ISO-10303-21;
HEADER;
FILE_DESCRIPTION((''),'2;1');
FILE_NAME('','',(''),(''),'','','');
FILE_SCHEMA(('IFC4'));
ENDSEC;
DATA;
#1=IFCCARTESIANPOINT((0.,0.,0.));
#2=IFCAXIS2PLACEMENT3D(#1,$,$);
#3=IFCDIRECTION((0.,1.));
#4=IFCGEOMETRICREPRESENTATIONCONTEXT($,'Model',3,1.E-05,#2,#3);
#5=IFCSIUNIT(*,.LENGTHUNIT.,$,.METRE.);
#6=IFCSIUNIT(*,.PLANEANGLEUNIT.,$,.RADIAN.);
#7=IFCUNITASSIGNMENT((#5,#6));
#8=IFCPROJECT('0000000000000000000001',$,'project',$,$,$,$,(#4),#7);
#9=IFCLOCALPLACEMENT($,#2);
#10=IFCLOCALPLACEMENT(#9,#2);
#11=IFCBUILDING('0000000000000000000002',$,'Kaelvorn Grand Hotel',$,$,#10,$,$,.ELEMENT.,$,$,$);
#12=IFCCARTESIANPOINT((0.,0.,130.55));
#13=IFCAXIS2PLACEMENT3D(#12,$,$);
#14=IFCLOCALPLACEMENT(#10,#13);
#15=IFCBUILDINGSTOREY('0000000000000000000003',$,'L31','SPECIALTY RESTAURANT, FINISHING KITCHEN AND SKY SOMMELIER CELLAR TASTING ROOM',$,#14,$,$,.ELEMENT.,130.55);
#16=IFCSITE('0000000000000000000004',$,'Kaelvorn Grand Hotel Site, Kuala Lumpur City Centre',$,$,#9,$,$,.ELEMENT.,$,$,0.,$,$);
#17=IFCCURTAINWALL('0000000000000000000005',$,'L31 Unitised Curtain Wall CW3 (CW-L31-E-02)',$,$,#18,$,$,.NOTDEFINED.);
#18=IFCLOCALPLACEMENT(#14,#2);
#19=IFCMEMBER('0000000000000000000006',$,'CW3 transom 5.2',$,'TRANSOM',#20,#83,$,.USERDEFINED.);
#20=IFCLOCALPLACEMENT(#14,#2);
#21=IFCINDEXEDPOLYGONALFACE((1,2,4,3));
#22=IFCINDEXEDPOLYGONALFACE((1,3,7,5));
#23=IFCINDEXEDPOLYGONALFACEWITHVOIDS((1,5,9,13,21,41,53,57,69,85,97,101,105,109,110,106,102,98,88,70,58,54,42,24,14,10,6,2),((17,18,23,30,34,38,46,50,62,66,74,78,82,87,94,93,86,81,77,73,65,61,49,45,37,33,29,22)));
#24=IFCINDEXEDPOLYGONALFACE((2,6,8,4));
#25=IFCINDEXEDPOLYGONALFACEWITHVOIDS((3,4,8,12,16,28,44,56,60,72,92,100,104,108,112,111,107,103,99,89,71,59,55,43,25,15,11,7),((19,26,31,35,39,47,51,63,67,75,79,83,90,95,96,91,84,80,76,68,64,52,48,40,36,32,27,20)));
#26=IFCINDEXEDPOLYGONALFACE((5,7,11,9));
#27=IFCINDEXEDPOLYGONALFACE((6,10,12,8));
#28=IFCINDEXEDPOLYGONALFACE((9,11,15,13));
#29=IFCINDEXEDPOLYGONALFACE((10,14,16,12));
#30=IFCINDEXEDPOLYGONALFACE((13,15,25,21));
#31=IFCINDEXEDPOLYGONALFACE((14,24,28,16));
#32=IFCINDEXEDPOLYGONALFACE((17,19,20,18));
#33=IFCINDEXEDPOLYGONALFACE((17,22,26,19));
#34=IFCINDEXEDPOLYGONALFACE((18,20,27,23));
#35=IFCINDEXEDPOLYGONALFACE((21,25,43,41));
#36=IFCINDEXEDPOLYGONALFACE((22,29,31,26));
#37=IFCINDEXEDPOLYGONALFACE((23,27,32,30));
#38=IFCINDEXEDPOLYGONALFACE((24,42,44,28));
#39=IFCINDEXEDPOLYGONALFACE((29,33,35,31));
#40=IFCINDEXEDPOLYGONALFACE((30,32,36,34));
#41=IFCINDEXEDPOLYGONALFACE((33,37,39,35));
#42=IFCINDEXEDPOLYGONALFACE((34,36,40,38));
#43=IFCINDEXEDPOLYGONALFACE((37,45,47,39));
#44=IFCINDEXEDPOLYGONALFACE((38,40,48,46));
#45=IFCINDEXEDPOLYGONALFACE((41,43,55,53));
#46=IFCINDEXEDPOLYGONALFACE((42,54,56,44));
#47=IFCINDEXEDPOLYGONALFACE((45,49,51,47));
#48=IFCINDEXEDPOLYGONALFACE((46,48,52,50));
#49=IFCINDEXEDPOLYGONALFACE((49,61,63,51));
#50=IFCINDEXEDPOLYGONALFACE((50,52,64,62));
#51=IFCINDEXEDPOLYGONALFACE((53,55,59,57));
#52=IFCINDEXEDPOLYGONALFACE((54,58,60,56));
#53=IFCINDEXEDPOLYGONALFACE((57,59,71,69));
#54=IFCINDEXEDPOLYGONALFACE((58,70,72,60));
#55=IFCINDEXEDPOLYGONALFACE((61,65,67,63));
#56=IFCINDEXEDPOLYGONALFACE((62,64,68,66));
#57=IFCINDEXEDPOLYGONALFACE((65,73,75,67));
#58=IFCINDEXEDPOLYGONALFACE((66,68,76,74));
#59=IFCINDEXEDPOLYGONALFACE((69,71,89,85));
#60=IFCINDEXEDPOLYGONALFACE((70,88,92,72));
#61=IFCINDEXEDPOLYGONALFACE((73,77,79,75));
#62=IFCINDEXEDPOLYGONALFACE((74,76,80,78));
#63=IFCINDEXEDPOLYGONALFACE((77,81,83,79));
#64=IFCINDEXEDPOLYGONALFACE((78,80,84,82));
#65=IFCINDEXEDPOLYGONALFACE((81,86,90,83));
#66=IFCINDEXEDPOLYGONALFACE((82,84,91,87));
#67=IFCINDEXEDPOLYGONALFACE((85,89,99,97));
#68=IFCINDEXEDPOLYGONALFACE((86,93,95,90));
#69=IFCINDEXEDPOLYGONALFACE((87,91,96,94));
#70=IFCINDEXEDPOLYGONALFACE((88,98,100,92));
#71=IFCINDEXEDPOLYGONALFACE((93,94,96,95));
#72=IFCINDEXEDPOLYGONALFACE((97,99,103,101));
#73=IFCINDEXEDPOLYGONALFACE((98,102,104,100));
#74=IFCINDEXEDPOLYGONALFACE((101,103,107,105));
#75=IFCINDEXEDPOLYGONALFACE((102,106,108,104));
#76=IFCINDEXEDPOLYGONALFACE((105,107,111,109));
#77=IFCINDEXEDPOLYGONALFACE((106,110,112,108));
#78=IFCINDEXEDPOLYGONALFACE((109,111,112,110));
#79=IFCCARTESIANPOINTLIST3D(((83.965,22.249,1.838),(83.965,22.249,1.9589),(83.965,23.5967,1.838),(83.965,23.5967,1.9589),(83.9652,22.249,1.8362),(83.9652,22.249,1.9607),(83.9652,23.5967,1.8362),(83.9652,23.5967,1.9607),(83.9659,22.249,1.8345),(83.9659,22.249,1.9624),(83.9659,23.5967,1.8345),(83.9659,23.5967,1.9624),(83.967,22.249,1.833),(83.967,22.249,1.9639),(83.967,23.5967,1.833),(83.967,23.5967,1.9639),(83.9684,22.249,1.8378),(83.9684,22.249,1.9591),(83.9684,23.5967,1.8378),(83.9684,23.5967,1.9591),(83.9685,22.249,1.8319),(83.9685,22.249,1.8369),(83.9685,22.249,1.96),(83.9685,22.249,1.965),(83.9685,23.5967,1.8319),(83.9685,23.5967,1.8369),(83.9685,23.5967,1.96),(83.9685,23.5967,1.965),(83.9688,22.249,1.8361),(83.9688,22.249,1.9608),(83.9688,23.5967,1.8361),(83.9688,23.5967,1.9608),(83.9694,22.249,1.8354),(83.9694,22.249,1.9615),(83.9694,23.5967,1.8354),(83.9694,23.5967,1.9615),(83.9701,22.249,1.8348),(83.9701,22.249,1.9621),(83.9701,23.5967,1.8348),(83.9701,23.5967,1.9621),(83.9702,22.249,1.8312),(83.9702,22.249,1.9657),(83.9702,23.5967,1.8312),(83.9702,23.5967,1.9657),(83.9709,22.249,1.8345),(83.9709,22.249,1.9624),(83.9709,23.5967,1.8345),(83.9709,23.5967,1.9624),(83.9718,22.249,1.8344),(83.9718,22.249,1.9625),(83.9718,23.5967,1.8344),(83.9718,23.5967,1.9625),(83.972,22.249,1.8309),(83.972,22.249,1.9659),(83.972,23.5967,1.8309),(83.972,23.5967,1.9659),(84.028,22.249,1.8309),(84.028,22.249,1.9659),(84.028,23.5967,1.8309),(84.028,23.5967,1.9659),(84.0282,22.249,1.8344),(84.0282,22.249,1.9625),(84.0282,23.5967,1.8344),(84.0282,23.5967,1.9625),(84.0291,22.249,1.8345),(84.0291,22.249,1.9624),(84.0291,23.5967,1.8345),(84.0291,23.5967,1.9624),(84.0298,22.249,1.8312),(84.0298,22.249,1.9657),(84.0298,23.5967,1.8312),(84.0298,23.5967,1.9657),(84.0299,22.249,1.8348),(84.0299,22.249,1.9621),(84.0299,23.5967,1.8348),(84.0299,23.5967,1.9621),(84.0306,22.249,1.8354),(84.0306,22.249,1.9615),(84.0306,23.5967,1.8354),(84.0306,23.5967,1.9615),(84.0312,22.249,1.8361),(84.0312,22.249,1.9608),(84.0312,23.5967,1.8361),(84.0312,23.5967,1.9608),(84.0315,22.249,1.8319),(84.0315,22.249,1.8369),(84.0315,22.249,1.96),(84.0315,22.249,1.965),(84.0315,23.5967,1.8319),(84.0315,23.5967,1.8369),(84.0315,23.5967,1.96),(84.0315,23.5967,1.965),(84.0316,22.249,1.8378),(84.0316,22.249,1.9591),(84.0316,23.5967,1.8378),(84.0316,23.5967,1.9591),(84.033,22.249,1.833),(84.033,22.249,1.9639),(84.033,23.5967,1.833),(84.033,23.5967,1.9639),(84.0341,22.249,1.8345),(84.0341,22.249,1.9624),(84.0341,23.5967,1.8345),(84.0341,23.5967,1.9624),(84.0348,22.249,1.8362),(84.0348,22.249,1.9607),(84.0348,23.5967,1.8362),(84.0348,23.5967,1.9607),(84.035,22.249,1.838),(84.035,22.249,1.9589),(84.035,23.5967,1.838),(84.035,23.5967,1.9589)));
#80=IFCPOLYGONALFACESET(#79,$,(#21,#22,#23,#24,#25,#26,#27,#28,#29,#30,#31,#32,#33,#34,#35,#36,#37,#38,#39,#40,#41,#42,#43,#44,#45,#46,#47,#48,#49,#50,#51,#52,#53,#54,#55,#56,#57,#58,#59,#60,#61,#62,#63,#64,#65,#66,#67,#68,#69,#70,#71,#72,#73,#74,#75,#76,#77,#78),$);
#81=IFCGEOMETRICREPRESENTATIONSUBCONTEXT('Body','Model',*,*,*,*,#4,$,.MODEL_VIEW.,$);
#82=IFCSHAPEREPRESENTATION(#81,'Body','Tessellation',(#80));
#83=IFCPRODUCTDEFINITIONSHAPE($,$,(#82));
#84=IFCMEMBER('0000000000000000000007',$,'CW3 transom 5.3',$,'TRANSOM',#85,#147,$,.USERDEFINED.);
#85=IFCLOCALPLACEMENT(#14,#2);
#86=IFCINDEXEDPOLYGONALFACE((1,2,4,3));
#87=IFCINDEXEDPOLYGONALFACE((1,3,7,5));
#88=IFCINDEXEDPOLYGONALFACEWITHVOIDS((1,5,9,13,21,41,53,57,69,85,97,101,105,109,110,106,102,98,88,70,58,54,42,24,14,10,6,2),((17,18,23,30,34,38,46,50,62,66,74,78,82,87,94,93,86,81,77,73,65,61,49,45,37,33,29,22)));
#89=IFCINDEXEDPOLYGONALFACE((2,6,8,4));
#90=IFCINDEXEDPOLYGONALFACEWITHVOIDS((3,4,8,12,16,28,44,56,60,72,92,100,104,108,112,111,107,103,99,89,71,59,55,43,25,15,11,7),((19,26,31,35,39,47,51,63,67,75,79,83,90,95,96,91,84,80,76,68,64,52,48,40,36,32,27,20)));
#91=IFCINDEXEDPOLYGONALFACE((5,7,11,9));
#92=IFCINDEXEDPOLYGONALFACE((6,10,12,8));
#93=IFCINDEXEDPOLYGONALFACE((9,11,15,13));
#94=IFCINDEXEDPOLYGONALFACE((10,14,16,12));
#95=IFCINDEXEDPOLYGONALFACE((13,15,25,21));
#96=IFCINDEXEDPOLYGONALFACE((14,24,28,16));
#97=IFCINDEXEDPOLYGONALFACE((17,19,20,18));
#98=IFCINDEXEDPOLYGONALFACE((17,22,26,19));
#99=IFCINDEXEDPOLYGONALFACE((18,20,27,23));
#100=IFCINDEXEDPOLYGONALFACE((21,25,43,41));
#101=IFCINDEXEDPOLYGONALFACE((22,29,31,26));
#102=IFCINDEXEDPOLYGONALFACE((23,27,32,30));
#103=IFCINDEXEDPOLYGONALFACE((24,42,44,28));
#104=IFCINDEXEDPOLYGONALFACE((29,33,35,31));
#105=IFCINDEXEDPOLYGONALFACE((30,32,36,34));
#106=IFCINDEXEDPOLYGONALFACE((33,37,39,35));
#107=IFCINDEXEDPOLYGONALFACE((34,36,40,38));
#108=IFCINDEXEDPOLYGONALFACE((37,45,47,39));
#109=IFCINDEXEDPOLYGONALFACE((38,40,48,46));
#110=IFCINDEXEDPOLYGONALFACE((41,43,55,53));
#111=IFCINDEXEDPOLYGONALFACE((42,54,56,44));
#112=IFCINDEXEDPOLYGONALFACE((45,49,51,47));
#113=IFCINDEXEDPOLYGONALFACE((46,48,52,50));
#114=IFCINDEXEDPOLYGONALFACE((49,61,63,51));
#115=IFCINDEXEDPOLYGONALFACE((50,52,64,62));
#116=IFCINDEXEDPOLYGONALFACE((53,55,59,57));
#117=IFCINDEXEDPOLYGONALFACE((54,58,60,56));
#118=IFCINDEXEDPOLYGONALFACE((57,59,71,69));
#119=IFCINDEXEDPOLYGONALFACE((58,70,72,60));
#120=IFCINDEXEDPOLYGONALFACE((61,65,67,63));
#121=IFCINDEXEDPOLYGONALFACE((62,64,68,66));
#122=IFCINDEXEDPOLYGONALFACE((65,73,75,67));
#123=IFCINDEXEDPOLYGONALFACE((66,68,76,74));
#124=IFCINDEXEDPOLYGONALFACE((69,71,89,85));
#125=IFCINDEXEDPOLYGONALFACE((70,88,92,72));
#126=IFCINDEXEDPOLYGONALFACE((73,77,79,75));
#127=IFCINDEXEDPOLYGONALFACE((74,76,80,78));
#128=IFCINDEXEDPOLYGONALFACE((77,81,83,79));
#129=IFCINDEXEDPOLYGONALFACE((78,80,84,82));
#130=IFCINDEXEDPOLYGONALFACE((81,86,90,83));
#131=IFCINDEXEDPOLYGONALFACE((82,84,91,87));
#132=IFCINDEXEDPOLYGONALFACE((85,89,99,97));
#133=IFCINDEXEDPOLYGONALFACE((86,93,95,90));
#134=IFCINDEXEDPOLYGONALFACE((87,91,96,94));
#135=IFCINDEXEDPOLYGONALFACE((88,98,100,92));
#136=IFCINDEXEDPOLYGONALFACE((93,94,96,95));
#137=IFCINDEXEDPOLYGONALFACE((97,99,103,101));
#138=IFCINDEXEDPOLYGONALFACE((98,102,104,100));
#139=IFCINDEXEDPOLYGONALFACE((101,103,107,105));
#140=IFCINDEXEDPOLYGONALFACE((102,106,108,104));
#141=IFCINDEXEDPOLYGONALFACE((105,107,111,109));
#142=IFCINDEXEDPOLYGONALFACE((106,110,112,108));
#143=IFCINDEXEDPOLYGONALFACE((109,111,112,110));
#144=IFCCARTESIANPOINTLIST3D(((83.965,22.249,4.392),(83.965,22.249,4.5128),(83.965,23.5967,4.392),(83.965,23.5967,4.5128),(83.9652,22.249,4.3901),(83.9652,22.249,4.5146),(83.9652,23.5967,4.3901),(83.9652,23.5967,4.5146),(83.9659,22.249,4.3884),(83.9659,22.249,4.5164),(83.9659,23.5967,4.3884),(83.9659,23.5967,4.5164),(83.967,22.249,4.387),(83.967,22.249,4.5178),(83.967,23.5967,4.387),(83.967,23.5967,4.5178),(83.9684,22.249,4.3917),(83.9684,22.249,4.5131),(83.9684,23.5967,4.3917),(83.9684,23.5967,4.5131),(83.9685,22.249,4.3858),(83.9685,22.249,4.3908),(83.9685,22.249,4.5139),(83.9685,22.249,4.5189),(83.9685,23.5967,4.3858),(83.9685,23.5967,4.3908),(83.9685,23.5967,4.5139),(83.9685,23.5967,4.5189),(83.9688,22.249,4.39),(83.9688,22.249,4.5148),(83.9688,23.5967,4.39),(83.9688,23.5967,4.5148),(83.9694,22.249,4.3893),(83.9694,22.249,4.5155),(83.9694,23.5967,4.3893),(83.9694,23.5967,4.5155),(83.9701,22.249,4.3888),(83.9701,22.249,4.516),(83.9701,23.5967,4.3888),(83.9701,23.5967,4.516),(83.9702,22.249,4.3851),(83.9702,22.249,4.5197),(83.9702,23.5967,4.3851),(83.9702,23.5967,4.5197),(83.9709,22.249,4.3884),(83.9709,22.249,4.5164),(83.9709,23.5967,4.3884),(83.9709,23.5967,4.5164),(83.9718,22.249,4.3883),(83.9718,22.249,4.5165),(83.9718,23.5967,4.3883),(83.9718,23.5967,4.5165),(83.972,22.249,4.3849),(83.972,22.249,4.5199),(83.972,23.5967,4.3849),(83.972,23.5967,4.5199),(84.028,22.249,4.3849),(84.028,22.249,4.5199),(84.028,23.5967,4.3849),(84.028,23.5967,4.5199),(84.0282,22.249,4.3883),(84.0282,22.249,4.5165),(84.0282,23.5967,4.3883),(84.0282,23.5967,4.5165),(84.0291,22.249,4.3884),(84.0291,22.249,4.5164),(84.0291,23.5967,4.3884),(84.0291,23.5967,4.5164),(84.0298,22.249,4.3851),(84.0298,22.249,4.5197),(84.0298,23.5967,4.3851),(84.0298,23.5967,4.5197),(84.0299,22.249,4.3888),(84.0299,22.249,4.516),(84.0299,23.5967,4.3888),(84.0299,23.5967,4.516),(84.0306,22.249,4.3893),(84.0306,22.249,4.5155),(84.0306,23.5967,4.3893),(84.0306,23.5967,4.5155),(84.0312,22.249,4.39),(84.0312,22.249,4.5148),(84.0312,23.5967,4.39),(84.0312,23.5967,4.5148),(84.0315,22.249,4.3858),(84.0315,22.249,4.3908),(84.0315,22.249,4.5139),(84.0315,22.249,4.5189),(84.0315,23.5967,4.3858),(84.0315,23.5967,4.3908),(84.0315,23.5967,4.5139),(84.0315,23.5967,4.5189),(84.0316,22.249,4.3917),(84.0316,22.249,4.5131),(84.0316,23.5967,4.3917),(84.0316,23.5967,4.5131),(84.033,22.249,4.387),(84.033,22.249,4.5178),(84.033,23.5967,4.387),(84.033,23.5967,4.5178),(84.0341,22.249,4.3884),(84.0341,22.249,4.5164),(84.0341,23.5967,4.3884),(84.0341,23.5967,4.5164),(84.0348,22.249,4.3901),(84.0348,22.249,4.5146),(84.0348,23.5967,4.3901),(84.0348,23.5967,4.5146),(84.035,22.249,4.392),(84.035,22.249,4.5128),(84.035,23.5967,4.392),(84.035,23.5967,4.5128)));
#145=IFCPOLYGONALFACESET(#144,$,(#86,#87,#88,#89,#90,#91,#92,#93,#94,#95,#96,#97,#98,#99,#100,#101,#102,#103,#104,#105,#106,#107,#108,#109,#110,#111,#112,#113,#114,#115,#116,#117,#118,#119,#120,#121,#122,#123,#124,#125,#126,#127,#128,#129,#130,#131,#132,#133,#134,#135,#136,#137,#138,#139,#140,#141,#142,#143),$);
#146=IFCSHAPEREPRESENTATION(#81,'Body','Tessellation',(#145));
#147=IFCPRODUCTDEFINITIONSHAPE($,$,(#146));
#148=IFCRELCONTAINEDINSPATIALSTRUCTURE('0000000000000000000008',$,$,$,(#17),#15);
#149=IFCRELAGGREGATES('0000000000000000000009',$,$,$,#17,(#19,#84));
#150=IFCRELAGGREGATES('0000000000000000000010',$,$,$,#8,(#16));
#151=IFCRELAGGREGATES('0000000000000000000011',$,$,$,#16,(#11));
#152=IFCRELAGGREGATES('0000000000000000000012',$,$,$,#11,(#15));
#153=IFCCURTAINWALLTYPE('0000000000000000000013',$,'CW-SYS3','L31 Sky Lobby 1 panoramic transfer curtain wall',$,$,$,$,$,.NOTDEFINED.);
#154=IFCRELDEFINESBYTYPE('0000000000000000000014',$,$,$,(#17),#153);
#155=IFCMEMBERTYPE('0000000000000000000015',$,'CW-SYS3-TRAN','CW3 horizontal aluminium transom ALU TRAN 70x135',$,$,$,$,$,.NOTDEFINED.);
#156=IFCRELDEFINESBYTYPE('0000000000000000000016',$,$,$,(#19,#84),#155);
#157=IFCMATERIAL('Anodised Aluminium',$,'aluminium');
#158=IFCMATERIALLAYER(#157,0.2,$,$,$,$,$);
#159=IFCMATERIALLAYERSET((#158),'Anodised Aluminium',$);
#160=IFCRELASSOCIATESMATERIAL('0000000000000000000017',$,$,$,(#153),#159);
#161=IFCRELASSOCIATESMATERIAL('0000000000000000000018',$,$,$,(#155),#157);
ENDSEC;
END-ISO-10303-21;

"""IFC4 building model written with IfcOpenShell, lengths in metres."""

from ifc_helpers import new_model, si_unit, direction, frame, origin, origin_2d, place, context, subcontext, project, spatial, hollow_rectangle, extrude, material, layer, layer_set, material_profile, profile_set, type_object, element, aggregate, save


model = new_model("IFC4")

# Units and contexts
model_context = context("Model", 3, precision=1e-05, world=origin(), true_north=direction((0.0, 1.0)))
body_context = subcontext(model_context, "Body", "Model", "MODEL_VIEW")
ifc_project = project(units=[si_unit("LENGTHUNIT", "METRE"), si_unit("PLANEANGLEUNIT", "RADIAN")], contexts=[model_context])

# Site, building, storey
site_placement = place(None, origin())
site = spatial("IfcSite", under=ifc_project, at=site_placement, Name="Kaelvorn Grand Hotel Site, Kuala Lumpur City Centre", CompositionType="ELEMENT", RefElevation=0.0)
building_placement = place(site_placement, origin())
building = spatial("IfcBuilding", under=site, at=building_placement, Name="Kaelvorn Grand Hotel", CompositionType="ELEMENT")
storey_placement = place(building_placement, frame((0.0, 0.0, 130.55)))
storey = spatial("IfcBuildingStorey", under=building, at=storey_placement, Name="L31", Description="SPECIALTY RESTAURANT, FINISHING KITCHEN AND SKY SOMMELIER CELLAR TASTING ROOM", CompositionType="ELEMENT", Elevation=130.55)

# Curtain wall, members
ifc_material_1 = material(Name="Anodised Aluminium", Category="aluminium")
ifc_layer_1 = layer(ifc_material_1, 0.2)
ifc_layer_set_1 = layer_set([ifc_layer_1], Name="Anodised Aluminium")
curtain_wall_type = type_object("IfcCurtainWallType", Name="CW-SYS3", Description="L31 Sky Lobby 1 panoramic transfer curtain wall", PredefinedType="NOTDEFINED", material=ifc_layer_set_1)
curtain_wall_placement = place(storey_placement, origin())
curtain_wall = element("IfcCurtainWall", 1, at=curtain_wall_placement, inside=storey, type_object=curtain_wall_type, Name="L31 Unitised Curtain Wall CW3 (CW-L31-E-02)", PredefinedType="NOTDEFINED")
ifc_material_profile_1 = material_profile(ifc_material_1, hollow_rectangle(XDim=0.0701, YDim=0.135, WallThickness=0.0034, InnerFilletRadius=0.0034, OuterFilletRadius=0.0071, at=origin_2d()), Name="ALU TRAN 70x135")
ifc_profile_set_1 = profile_set([ifc_material_profile_1], Name="Anodised Aluminium")
member_type_1 = type_object("IfcMemberType", Name="CW-SYS3-TRAN", Description="CW3 horizontal aluminium transom ALU TRAN 70x135", PredefinedType="NOTDEFINED", material=ifc_profile_set_1)
member_1_placement = place(storey_placement, frame((84.0, 22.249, 1.8984), z_axis=(0.0, 1.0, 0.0), x_axis=(-1.0, 0.0, 0.0)))
member_1 = element("IfcMember", 2, at=member_1_placement, type_object=member_type_1, Name="CW3 transom 5.2", ObjectType="TRANSOM", PredefinedType="USERDEFINED", context=body_context, shape_type="SweptSolid", body=[
    extrude(hollow_rectangle(XDim=0.0701, YDim=0.135, WallThickness=0.0034, InnerFilletRadius=0.0034, OuterFilletRadius=0.0071, at=origin_2d()), origin(), (0.0, 0.0, 1.0), 1.3477),
])
member_2_placement = place(storey_placement, frame((84.0, 22.249, 4.4524), z_axis=(0.0, 1.0, 0.0), x_axis=(-1.0, 0.0, 0.0)))
member_2 = element("IfcMember", 3, at=member_2_placement, type_object=member_type_1, Name="CW3 transom 5.3", ObjectType="TRANSOM", PredefinedType="USERDEFINED", context=body_context, shape_type="SweptSolid", body=[
    extrude(hollow_rectangle(XDim=0.0701, YDim=0.135, WallThickness=0.0034, InnerFilletRadius=0.0034, OuterFilletRadius=0.0071, at=origin_2d()), origin(), (0.0, 0.0, 1.0), 1.3477),
])
aggregate(curtain_wall, [member_1, member_2])

save(model, "model.ifc")
